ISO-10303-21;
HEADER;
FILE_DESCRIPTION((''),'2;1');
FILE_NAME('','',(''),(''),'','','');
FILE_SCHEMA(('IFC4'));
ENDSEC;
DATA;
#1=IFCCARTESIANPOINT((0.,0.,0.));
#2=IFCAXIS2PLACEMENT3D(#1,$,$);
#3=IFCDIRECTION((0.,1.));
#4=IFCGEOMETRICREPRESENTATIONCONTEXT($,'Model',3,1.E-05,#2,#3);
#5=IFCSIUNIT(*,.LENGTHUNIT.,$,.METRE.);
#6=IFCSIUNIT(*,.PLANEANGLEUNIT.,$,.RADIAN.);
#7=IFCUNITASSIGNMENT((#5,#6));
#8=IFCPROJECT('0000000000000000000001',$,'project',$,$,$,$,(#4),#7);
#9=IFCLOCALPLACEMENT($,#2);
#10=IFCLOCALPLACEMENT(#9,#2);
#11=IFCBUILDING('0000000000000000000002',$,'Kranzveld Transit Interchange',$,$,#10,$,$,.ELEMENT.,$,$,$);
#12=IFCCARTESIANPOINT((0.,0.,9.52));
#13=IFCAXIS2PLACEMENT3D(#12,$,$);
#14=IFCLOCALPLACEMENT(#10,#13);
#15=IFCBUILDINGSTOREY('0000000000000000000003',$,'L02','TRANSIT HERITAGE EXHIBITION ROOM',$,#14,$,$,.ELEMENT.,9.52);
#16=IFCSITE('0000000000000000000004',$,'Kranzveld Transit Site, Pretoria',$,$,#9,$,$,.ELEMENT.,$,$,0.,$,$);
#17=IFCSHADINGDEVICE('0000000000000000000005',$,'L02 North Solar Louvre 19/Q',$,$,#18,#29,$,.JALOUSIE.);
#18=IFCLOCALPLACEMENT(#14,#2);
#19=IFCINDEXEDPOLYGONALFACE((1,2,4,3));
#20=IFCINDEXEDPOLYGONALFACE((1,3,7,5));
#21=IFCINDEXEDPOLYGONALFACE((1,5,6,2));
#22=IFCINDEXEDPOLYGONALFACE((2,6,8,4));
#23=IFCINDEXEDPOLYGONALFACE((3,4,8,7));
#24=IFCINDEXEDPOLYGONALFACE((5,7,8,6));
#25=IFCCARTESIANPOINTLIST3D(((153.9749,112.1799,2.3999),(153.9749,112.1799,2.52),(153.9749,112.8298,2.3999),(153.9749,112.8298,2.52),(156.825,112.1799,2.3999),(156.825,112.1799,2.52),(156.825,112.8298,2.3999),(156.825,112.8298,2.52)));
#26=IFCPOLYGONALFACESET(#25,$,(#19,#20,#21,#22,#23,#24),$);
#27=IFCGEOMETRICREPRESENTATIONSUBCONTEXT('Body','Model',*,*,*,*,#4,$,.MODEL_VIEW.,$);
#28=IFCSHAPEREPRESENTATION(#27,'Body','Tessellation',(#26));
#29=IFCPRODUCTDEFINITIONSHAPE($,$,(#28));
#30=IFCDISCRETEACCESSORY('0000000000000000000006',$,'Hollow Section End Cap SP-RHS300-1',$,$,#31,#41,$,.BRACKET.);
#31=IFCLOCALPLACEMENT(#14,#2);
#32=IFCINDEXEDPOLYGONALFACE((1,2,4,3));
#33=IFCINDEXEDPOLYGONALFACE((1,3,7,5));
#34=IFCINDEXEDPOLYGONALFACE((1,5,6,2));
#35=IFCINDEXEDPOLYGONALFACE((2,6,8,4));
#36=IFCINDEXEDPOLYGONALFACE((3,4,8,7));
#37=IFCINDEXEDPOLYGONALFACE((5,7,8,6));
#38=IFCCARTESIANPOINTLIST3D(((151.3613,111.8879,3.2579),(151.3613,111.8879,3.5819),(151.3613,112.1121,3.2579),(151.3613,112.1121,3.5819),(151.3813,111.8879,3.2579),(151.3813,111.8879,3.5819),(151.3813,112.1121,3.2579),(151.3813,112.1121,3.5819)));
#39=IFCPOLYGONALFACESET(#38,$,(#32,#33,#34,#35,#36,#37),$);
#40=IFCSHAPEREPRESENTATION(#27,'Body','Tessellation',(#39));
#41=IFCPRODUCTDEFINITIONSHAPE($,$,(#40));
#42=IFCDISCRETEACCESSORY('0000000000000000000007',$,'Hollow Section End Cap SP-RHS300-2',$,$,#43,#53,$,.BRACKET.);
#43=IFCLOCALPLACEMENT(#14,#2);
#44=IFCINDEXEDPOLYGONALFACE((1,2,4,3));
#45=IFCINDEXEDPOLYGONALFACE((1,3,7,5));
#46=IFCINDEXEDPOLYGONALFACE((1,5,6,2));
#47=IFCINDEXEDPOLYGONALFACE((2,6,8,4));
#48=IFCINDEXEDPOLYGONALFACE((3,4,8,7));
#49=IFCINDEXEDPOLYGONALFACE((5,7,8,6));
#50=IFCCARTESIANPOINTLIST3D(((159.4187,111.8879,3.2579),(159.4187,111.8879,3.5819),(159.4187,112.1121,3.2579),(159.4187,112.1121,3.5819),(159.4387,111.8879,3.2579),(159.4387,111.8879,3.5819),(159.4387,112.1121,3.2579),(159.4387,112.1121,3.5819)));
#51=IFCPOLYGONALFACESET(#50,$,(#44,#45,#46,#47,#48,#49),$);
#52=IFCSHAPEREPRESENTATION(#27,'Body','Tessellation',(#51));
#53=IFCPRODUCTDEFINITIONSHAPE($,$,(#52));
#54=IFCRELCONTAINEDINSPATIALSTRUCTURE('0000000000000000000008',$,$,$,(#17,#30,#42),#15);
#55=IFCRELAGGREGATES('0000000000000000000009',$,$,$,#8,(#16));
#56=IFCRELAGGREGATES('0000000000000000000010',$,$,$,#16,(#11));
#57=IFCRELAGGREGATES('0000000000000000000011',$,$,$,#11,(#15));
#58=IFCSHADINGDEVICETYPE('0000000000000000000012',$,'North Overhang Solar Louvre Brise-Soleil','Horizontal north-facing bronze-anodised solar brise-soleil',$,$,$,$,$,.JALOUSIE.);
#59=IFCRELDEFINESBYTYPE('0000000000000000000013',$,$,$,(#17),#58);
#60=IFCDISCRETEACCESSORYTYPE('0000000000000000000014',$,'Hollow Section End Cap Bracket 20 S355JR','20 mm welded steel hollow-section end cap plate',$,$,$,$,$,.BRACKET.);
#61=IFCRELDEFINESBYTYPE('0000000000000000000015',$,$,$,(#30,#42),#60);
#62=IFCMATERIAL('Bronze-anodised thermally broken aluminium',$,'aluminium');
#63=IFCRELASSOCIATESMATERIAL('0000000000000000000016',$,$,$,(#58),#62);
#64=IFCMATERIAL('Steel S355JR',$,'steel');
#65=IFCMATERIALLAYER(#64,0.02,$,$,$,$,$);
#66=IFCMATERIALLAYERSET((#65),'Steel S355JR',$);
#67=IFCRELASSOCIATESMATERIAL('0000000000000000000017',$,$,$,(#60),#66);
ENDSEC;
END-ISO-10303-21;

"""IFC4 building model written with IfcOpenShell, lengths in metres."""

from ifc_helpers import new_model, si_unit, direction, frame, origin, origin_2d, place, context, subcontext, project, spatial, rectangle, extrude, material, layer, layer_set, type_object, element, save


model = new_model("IFC4")

# Units and contexts
model_context = context("Model", 3, precision=1e-05, world=origin(), true_north=direction((0.0, 1.0)))
body_context = subcontext(model_context, "Body", "Model", "MODEL_VIEW")
ifc_project = project(units=[si_unit("LENGTHUNIT", "METRE"), si_unit("PLANEANGLEUNIT", "RADIAN")], contexts=[model_context])

# Site, building, storey
site_placement = place(None, origin())
site = spatial("IfcSite", under=ifc_project, at=site_placement, Name="Kranzveld Transit Site, Pretoria", CompositionType="ELEMENT", RefElevation=0.0)
building_placement = place(site_placement, origin())
building = spatial("IfcBuilding", under=site, at=building_placement, Name="Kranzveld Transit Interchange", CompositionType="ELEMENT")
storey_placement = place(building_placement, frame((0.0, 0.0, 9.52)))
storey = spatial("IfcBuildingStorey", under=building, at=storey_placement, Name="L02", Description="TRANSIT HERITAGE EXHIBITION ROOM", CompositionType="ELEMENT", Elevation=9.52)

# Shading device
ifc_material_1 = material(Name="Bronze-anodised thermally broken aluminium", Category="aluminium")
shading_device_type = type_object("IfcShadingDeviceType", Name="North Overhang Solar Louvre Brise-Soleil", Description="Horizontal north-facing bronze-anodised solar brise-soleil", PredefinedType="JALOUSIE", material=ifc_material_1)
shading_device_placement = place(storey_placement, frame((155.3999, 112.5049, 2.3999), z_axis=(0.0, 0.0, 1.0), x_axis=(1.0, 0.0, 0.0)))
element("IfcShadingDevice", 1, at=shading_device_placement, inside=storey, type_object=shading_device_type, Name="L02 North Solar Louvre 19/Q", PredefinedType="JALOUSIE", context=body_context, shape_type="SweptSolid", body=[
    extrude(rectangle(XDim=2.8501, YDim=0.6499, at=origin_2d()), origin(), (0.0, 0.0, 1.0), 0.1201),
])

# Discrete accessories
ifc_material_2 = material(Name="Steel S355JR", Category="steel")
ifc_layer_1 = layer(ifc_material_2, 0.02)
ifc_layer_set_1 = layer_set([ifc_layer_1], Name="Steel S355JR")
discrete_accessory_type = type_object("IfcDiscreteAccessoryType", Name="Hollow Section End Cap Bracket 20 S355JR", Description="20 mm welded steel hollow-section end cap plate", PredefinedType="BRACKET", material=ifc_layer_set_1)
for number, where, z_axis, x_axis, name in (
    (2, (151.3813, 112.0, 3.4199), (-1.0, 0.0, 0.0), (0.0, -1.0, 0.0), "Hollow Section End Cap SP-RHS300-1"),
    (3, (159.4187, 112.0, 3.4199), (1.0, 0.0, 0.0), (0.0, 1.0, 0.0), "Hollow Section End Cap SP-RHS300-2"),
):
    element("IfcDiscreteAccessory", number, at=place(storey_placement, frame(where, z_axis=z_axis, x_axis=x_axis)), inside=storey, type_object=discrete_accessory_type, Name=name, PredefinedType="BRACKET", context=body_context, shape_type="SweptSolid", body=[
        extrude(rectangle(XDim=0.2241, YDim=0.324, at=origin_2d()), origin(), (0.0, 0.0, 1.0), 0.02),
    ])

save(model, "model.ifc")
